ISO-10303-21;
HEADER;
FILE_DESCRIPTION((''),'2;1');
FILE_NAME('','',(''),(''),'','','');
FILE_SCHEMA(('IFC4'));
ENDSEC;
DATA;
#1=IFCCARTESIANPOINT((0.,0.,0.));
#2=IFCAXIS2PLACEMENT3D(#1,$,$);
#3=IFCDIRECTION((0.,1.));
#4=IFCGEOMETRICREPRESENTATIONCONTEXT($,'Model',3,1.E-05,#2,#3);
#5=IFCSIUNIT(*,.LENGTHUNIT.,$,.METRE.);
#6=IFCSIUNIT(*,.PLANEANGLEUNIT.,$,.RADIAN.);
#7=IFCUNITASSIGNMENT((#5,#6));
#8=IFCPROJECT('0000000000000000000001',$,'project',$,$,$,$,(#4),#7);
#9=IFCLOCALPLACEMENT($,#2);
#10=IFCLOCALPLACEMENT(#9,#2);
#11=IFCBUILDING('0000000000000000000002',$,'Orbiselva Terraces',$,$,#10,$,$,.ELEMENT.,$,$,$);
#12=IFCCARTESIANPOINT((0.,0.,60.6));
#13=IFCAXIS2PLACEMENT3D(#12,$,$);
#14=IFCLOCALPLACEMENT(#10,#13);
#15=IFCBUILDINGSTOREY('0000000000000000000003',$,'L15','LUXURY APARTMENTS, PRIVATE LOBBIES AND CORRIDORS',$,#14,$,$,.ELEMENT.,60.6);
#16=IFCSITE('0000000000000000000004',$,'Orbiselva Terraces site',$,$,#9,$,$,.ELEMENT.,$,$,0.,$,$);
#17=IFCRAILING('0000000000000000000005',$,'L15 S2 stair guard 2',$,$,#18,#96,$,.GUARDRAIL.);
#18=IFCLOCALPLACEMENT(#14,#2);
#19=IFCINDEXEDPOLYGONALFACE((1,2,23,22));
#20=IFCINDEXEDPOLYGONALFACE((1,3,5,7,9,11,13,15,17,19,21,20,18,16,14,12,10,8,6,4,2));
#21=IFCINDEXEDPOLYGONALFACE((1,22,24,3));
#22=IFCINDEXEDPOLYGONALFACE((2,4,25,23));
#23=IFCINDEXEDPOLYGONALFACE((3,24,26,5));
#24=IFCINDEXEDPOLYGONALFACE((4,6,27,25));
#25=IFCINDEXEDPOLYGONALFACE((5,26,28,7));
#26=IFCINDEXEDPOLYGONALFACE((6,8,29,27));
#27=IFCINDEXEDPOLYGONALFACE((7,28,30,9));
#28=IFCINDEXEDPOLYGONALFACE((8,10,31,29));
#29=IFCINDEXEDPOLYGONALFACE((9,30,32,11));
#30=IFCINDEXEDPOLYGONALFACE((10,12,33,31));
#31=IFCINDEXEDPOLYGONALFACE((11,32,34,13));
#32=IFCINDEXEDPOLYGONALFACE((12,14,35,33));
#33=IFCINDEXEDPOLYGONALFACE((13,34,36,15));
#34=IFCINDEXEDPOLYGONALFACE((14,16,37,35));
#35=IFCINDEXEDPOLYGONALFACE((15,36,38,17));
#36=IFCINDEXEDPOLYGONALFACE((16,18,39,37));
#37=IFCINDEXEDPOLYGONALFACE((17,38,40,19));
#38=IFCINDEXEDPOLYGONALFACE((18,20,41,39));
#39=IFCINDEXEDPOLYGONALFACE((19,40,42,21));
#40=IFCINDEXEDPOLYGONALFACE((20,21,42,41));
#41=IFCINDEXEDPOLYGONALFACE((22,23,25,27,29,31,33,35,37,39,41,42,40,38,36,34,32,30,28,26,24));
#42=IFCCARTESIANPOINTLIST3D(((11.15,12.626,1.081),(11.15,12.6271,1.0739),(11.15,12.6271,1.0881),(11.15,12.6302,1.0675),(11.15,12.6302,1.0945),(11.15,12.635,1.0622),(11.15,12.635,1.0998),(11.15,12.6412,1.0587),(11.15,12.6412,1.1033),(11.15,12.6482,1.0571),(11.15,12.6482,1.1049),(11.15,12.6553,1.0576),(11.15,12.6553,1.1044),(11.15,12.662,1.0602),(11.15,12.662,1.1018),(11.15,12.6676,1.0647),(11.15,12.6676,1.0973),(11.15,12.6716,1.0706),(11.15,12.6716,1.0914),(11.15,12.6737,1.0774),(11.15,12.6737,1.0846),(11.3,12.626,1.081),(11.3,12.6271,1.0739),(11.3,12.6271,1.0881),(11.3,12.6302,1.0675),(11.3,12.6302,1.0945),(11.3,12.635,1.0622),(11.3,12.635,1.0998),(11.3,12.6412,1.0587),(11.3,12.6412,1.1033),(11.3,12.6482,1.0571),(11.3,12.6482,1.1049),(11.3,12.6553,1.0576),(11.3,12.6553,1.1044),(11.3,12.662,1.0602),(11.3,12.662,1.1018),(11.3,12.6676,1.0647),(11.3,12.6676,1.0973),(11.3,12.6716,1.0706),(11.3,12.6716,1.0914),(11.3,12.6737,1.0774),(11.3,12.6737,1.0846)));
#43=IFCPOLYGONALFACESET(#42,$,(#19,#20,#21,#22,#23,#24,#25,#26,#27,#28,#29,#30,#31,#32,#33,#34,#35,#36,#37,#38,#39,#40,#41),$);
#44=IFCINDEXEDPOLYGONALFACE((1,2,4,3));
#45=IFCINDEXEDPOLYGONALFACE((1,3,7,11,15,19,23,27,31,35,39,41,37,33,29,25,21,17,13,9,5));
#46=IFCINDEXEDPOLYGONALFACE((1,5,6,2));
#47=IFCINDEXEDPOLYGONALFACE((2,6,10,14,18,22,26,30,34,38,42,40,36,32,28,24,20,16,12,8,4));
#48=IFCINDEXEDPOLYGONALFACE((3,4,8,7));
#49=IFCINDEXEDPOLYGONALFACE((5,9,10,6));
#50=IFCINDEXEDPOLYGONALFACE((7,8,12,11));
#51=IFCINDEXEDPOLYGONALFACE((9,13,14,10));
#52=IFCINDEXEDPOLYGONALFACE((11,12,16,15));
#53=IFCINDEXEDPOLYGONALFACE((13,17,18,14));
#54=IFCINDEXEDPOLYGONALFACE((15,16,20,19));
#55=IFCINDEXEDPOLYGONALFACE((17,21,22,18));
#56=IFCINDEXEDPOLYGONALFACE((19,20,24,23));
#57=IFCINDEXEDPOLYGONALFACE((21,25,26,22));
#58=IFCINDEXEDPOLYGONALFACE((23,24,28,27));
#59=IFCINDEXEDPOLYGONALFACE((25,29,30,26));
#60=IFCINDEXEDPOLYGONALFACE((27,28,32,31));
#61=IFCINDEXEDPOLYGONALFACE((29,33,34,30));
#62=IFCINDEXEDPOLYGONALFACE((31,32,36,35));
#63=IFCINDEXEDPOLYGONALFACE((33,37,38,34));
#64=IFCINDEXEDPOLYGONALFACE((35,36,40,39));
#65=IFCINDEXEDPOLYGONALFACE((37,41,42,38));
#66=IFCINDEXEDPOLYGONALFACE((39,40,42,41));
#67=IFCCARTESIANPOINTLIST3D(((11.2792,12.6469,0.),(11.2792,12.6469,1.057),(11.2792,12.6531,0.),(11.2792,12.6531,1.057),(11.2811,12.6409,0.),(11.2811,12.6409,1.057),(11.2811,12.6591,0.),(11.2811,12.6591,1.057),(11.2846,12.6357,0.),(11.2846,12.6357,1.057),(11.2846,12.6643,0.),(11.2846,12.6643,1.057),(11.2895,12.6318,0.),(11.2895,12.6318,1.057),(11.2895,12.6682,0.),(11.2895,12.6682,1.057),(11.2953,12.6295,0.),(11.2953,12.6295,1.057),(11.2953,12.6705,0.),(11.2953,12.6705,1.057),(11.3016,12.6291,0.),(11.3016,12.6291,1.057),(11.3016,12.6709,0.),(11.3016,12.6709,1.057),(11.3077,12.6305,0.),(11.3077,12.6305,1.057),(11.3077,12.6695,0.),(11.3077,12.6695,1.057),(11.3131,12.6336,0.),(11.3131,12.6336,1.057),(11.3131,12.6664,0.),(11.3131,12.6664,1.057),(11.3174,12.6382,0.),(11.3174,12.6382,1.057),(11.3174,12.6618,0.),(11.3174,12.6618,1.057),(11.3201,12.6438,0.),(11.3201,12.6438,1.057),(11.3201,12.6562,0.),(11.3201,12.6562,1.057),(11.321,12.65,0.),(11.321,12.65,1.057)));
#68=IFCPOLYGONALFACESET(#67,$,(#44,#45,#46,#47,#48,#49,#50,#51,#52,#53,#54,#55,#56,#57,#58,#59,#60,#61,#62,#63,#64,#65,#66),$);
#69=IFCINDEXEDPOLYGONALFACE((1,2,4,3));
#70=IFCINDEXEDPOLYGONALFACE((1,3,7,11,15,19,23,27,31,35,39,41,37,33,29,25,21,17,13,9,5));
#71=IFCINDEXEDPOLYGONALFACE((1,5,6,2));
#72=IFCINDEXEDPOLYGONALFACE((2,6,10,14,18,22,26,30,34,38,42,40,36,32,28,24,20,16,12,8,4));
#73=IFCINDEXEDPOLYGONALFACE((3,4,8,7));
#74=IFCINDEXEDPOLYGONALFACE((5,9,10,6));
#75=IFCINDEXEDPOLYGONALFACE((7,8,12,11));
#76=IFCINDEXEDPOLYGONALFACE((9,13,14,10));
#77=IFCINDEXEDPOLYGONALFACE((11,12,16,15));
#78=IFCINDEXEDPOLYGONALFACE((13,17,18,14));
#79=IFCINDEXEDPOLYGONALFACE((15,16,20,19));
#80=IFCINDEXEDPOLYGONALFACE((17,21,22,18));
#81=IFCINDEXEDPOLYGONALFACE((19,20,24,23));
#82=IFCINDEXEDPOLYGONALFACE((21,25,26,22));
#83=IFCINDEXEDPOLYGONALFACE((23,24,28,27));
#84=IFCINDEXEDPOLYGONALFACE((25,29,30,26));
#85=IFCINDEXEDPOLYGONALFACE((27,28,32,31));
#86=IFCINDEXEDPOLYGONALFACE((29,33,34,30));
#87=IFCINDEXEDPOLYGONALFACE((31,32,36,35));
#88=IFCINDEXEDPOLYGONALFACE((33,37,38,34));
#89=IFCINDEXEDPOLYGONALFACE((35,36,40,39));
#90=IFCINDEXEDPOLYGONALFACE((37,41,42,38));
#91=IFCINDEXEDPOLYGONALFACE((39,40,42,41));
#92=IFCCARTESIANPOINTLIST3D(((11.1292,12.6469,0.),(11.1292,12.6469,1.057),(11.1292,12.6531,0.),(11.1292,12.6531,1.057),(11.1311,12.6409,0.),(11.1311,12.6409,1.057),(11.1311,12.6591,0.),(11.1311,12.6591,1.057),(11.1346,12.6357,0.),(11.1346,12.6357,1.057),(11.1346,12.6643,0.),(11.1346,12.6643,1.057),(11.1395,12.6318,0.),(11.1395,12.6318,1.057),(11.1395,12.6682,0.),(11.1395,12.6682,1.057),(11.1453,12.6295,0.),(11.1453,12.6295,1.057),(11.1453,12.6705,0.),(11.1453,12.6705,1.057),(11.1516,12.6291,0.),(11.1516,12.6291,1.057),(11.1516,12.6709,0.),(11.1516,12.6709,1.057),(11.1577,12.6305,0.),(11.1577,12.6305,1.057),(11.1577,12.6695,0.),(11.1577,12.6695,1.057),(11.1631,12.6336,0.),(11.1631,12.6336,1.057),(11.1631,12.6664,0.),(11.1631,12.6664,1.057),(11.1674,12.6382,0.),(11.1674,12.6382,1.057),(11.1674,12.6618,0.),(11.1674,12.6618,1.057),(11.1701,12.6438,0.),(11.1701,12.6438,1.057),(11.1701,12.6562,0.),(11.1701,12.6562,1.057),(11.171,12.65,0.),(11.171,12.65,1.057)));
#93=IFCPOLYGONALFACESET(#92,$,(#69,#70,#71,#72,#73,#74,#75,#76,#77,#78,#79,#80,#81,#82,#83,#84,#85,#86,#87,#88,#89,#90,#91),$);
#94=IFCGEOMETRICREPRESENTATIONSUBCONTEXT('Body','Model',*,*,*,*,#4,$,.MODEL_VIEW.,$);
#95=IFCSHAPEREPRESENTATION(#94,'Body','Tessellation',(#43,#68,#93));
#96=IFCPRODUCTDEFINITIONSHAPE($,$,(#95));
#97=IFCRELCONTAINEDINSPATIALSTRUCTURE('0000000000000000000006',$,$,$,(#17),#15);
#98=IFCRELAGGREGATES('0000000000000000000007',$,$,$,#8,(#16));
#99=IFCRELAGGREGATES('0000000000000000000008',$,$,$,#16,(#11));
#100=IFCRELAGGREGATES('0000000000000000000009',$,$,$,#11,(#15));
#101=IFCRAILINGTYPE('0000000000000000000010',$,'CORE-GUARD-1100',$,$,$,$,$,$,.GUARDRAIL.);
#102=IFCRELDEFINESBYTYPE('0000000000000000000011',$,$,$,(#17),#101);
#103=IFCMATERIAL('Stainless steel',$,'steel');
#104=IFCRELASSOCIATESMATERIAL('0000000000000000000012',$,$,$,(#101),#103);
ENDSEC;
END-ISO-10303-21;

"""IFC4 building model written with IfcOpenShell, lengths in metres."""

from ifc_helpers import new_model, si_unit, direction, frame, origin, origin_2d, place, context, subcontext, project, spatial, circle, extrude, material, type_object, element, save


model = new_model("IFC4")

# Units and contexts
model_context = context("Model", 3, precision=1e-05, world=origin(), true_north=direction((0.0, 1.0)))
body_context = subcontext(model_context, "Body", "Model", "MODEL_VIEW")
ifc_project = project(units=[si_unit("LENGTHUNIT", "METRE"), si_unit("PLANEANGLEUNIT", "RADIAN")], contexts=[model_context])

# Site, building, storey
site_placement = place(None, origin())
site = spatial("IfcSite", under=ifc_project, at=site_placement, Name="Orbiselva Terraces site", CompositionType="ELEMENT", RefElevation=0.0)
building_placement = place(site_placement, origin())
building = spatial("IfcBuilding", under=site, at=building_placement, Name="Orbiselva Terraces", CompositionType="ELEMENT")
storey_placement = place(building_placement, frame((0.0, 0.0, 60.6)))
storey = spatial("IfcBuildingStorey", under=building, at=storey_placement, Name="L15", Description="LUXURY APARTMENTS, PRIVATE LOBBIES AND CORRIDORS", CompositionType="ELEMENT", Elevation=60.6)

# Railing
ifc_material_1 = material(Name="Stainless steel", Category="steel")
railing_type_1 = type_object("IfcRailingType", Name="CORE-GUARD-1100", PredefinedType="GUARDRAIL", material=ifc_material_1)
railing_1_placement = place(storey_placement, frame((11.3, 12.65, 0.0)))
element("IfcRailing", 1, at=railing_1_placement, inside=storey, type_object=railing_type_1, Name="L15 S2 stair guard 2", PredefinedType="GUARDRAIL", context=body_context, shape_type="SweptSolid", body=[
    extrude(circle(Radius=0.024, at=origin_2d()), frame((0.0, 0.0, 1.081), z_axis=(-1.0, 0.0, 0.0), x_axis=(0.0, -1.0, 0.0)), (0.0, 0.0, 1.0), 0.15),
    extrude(circle(Radius=0.021, at=origin_2d()), origin(), (0.0, 0.0, 1.0), 1.057),
    extrude(circle(Radius=0.021, at=origin_2d()), frame((-0.15, 0.0, 0.0)), (0.0, 0.0, 1.0), 1.057),
])

save(model, "model.ifc")
